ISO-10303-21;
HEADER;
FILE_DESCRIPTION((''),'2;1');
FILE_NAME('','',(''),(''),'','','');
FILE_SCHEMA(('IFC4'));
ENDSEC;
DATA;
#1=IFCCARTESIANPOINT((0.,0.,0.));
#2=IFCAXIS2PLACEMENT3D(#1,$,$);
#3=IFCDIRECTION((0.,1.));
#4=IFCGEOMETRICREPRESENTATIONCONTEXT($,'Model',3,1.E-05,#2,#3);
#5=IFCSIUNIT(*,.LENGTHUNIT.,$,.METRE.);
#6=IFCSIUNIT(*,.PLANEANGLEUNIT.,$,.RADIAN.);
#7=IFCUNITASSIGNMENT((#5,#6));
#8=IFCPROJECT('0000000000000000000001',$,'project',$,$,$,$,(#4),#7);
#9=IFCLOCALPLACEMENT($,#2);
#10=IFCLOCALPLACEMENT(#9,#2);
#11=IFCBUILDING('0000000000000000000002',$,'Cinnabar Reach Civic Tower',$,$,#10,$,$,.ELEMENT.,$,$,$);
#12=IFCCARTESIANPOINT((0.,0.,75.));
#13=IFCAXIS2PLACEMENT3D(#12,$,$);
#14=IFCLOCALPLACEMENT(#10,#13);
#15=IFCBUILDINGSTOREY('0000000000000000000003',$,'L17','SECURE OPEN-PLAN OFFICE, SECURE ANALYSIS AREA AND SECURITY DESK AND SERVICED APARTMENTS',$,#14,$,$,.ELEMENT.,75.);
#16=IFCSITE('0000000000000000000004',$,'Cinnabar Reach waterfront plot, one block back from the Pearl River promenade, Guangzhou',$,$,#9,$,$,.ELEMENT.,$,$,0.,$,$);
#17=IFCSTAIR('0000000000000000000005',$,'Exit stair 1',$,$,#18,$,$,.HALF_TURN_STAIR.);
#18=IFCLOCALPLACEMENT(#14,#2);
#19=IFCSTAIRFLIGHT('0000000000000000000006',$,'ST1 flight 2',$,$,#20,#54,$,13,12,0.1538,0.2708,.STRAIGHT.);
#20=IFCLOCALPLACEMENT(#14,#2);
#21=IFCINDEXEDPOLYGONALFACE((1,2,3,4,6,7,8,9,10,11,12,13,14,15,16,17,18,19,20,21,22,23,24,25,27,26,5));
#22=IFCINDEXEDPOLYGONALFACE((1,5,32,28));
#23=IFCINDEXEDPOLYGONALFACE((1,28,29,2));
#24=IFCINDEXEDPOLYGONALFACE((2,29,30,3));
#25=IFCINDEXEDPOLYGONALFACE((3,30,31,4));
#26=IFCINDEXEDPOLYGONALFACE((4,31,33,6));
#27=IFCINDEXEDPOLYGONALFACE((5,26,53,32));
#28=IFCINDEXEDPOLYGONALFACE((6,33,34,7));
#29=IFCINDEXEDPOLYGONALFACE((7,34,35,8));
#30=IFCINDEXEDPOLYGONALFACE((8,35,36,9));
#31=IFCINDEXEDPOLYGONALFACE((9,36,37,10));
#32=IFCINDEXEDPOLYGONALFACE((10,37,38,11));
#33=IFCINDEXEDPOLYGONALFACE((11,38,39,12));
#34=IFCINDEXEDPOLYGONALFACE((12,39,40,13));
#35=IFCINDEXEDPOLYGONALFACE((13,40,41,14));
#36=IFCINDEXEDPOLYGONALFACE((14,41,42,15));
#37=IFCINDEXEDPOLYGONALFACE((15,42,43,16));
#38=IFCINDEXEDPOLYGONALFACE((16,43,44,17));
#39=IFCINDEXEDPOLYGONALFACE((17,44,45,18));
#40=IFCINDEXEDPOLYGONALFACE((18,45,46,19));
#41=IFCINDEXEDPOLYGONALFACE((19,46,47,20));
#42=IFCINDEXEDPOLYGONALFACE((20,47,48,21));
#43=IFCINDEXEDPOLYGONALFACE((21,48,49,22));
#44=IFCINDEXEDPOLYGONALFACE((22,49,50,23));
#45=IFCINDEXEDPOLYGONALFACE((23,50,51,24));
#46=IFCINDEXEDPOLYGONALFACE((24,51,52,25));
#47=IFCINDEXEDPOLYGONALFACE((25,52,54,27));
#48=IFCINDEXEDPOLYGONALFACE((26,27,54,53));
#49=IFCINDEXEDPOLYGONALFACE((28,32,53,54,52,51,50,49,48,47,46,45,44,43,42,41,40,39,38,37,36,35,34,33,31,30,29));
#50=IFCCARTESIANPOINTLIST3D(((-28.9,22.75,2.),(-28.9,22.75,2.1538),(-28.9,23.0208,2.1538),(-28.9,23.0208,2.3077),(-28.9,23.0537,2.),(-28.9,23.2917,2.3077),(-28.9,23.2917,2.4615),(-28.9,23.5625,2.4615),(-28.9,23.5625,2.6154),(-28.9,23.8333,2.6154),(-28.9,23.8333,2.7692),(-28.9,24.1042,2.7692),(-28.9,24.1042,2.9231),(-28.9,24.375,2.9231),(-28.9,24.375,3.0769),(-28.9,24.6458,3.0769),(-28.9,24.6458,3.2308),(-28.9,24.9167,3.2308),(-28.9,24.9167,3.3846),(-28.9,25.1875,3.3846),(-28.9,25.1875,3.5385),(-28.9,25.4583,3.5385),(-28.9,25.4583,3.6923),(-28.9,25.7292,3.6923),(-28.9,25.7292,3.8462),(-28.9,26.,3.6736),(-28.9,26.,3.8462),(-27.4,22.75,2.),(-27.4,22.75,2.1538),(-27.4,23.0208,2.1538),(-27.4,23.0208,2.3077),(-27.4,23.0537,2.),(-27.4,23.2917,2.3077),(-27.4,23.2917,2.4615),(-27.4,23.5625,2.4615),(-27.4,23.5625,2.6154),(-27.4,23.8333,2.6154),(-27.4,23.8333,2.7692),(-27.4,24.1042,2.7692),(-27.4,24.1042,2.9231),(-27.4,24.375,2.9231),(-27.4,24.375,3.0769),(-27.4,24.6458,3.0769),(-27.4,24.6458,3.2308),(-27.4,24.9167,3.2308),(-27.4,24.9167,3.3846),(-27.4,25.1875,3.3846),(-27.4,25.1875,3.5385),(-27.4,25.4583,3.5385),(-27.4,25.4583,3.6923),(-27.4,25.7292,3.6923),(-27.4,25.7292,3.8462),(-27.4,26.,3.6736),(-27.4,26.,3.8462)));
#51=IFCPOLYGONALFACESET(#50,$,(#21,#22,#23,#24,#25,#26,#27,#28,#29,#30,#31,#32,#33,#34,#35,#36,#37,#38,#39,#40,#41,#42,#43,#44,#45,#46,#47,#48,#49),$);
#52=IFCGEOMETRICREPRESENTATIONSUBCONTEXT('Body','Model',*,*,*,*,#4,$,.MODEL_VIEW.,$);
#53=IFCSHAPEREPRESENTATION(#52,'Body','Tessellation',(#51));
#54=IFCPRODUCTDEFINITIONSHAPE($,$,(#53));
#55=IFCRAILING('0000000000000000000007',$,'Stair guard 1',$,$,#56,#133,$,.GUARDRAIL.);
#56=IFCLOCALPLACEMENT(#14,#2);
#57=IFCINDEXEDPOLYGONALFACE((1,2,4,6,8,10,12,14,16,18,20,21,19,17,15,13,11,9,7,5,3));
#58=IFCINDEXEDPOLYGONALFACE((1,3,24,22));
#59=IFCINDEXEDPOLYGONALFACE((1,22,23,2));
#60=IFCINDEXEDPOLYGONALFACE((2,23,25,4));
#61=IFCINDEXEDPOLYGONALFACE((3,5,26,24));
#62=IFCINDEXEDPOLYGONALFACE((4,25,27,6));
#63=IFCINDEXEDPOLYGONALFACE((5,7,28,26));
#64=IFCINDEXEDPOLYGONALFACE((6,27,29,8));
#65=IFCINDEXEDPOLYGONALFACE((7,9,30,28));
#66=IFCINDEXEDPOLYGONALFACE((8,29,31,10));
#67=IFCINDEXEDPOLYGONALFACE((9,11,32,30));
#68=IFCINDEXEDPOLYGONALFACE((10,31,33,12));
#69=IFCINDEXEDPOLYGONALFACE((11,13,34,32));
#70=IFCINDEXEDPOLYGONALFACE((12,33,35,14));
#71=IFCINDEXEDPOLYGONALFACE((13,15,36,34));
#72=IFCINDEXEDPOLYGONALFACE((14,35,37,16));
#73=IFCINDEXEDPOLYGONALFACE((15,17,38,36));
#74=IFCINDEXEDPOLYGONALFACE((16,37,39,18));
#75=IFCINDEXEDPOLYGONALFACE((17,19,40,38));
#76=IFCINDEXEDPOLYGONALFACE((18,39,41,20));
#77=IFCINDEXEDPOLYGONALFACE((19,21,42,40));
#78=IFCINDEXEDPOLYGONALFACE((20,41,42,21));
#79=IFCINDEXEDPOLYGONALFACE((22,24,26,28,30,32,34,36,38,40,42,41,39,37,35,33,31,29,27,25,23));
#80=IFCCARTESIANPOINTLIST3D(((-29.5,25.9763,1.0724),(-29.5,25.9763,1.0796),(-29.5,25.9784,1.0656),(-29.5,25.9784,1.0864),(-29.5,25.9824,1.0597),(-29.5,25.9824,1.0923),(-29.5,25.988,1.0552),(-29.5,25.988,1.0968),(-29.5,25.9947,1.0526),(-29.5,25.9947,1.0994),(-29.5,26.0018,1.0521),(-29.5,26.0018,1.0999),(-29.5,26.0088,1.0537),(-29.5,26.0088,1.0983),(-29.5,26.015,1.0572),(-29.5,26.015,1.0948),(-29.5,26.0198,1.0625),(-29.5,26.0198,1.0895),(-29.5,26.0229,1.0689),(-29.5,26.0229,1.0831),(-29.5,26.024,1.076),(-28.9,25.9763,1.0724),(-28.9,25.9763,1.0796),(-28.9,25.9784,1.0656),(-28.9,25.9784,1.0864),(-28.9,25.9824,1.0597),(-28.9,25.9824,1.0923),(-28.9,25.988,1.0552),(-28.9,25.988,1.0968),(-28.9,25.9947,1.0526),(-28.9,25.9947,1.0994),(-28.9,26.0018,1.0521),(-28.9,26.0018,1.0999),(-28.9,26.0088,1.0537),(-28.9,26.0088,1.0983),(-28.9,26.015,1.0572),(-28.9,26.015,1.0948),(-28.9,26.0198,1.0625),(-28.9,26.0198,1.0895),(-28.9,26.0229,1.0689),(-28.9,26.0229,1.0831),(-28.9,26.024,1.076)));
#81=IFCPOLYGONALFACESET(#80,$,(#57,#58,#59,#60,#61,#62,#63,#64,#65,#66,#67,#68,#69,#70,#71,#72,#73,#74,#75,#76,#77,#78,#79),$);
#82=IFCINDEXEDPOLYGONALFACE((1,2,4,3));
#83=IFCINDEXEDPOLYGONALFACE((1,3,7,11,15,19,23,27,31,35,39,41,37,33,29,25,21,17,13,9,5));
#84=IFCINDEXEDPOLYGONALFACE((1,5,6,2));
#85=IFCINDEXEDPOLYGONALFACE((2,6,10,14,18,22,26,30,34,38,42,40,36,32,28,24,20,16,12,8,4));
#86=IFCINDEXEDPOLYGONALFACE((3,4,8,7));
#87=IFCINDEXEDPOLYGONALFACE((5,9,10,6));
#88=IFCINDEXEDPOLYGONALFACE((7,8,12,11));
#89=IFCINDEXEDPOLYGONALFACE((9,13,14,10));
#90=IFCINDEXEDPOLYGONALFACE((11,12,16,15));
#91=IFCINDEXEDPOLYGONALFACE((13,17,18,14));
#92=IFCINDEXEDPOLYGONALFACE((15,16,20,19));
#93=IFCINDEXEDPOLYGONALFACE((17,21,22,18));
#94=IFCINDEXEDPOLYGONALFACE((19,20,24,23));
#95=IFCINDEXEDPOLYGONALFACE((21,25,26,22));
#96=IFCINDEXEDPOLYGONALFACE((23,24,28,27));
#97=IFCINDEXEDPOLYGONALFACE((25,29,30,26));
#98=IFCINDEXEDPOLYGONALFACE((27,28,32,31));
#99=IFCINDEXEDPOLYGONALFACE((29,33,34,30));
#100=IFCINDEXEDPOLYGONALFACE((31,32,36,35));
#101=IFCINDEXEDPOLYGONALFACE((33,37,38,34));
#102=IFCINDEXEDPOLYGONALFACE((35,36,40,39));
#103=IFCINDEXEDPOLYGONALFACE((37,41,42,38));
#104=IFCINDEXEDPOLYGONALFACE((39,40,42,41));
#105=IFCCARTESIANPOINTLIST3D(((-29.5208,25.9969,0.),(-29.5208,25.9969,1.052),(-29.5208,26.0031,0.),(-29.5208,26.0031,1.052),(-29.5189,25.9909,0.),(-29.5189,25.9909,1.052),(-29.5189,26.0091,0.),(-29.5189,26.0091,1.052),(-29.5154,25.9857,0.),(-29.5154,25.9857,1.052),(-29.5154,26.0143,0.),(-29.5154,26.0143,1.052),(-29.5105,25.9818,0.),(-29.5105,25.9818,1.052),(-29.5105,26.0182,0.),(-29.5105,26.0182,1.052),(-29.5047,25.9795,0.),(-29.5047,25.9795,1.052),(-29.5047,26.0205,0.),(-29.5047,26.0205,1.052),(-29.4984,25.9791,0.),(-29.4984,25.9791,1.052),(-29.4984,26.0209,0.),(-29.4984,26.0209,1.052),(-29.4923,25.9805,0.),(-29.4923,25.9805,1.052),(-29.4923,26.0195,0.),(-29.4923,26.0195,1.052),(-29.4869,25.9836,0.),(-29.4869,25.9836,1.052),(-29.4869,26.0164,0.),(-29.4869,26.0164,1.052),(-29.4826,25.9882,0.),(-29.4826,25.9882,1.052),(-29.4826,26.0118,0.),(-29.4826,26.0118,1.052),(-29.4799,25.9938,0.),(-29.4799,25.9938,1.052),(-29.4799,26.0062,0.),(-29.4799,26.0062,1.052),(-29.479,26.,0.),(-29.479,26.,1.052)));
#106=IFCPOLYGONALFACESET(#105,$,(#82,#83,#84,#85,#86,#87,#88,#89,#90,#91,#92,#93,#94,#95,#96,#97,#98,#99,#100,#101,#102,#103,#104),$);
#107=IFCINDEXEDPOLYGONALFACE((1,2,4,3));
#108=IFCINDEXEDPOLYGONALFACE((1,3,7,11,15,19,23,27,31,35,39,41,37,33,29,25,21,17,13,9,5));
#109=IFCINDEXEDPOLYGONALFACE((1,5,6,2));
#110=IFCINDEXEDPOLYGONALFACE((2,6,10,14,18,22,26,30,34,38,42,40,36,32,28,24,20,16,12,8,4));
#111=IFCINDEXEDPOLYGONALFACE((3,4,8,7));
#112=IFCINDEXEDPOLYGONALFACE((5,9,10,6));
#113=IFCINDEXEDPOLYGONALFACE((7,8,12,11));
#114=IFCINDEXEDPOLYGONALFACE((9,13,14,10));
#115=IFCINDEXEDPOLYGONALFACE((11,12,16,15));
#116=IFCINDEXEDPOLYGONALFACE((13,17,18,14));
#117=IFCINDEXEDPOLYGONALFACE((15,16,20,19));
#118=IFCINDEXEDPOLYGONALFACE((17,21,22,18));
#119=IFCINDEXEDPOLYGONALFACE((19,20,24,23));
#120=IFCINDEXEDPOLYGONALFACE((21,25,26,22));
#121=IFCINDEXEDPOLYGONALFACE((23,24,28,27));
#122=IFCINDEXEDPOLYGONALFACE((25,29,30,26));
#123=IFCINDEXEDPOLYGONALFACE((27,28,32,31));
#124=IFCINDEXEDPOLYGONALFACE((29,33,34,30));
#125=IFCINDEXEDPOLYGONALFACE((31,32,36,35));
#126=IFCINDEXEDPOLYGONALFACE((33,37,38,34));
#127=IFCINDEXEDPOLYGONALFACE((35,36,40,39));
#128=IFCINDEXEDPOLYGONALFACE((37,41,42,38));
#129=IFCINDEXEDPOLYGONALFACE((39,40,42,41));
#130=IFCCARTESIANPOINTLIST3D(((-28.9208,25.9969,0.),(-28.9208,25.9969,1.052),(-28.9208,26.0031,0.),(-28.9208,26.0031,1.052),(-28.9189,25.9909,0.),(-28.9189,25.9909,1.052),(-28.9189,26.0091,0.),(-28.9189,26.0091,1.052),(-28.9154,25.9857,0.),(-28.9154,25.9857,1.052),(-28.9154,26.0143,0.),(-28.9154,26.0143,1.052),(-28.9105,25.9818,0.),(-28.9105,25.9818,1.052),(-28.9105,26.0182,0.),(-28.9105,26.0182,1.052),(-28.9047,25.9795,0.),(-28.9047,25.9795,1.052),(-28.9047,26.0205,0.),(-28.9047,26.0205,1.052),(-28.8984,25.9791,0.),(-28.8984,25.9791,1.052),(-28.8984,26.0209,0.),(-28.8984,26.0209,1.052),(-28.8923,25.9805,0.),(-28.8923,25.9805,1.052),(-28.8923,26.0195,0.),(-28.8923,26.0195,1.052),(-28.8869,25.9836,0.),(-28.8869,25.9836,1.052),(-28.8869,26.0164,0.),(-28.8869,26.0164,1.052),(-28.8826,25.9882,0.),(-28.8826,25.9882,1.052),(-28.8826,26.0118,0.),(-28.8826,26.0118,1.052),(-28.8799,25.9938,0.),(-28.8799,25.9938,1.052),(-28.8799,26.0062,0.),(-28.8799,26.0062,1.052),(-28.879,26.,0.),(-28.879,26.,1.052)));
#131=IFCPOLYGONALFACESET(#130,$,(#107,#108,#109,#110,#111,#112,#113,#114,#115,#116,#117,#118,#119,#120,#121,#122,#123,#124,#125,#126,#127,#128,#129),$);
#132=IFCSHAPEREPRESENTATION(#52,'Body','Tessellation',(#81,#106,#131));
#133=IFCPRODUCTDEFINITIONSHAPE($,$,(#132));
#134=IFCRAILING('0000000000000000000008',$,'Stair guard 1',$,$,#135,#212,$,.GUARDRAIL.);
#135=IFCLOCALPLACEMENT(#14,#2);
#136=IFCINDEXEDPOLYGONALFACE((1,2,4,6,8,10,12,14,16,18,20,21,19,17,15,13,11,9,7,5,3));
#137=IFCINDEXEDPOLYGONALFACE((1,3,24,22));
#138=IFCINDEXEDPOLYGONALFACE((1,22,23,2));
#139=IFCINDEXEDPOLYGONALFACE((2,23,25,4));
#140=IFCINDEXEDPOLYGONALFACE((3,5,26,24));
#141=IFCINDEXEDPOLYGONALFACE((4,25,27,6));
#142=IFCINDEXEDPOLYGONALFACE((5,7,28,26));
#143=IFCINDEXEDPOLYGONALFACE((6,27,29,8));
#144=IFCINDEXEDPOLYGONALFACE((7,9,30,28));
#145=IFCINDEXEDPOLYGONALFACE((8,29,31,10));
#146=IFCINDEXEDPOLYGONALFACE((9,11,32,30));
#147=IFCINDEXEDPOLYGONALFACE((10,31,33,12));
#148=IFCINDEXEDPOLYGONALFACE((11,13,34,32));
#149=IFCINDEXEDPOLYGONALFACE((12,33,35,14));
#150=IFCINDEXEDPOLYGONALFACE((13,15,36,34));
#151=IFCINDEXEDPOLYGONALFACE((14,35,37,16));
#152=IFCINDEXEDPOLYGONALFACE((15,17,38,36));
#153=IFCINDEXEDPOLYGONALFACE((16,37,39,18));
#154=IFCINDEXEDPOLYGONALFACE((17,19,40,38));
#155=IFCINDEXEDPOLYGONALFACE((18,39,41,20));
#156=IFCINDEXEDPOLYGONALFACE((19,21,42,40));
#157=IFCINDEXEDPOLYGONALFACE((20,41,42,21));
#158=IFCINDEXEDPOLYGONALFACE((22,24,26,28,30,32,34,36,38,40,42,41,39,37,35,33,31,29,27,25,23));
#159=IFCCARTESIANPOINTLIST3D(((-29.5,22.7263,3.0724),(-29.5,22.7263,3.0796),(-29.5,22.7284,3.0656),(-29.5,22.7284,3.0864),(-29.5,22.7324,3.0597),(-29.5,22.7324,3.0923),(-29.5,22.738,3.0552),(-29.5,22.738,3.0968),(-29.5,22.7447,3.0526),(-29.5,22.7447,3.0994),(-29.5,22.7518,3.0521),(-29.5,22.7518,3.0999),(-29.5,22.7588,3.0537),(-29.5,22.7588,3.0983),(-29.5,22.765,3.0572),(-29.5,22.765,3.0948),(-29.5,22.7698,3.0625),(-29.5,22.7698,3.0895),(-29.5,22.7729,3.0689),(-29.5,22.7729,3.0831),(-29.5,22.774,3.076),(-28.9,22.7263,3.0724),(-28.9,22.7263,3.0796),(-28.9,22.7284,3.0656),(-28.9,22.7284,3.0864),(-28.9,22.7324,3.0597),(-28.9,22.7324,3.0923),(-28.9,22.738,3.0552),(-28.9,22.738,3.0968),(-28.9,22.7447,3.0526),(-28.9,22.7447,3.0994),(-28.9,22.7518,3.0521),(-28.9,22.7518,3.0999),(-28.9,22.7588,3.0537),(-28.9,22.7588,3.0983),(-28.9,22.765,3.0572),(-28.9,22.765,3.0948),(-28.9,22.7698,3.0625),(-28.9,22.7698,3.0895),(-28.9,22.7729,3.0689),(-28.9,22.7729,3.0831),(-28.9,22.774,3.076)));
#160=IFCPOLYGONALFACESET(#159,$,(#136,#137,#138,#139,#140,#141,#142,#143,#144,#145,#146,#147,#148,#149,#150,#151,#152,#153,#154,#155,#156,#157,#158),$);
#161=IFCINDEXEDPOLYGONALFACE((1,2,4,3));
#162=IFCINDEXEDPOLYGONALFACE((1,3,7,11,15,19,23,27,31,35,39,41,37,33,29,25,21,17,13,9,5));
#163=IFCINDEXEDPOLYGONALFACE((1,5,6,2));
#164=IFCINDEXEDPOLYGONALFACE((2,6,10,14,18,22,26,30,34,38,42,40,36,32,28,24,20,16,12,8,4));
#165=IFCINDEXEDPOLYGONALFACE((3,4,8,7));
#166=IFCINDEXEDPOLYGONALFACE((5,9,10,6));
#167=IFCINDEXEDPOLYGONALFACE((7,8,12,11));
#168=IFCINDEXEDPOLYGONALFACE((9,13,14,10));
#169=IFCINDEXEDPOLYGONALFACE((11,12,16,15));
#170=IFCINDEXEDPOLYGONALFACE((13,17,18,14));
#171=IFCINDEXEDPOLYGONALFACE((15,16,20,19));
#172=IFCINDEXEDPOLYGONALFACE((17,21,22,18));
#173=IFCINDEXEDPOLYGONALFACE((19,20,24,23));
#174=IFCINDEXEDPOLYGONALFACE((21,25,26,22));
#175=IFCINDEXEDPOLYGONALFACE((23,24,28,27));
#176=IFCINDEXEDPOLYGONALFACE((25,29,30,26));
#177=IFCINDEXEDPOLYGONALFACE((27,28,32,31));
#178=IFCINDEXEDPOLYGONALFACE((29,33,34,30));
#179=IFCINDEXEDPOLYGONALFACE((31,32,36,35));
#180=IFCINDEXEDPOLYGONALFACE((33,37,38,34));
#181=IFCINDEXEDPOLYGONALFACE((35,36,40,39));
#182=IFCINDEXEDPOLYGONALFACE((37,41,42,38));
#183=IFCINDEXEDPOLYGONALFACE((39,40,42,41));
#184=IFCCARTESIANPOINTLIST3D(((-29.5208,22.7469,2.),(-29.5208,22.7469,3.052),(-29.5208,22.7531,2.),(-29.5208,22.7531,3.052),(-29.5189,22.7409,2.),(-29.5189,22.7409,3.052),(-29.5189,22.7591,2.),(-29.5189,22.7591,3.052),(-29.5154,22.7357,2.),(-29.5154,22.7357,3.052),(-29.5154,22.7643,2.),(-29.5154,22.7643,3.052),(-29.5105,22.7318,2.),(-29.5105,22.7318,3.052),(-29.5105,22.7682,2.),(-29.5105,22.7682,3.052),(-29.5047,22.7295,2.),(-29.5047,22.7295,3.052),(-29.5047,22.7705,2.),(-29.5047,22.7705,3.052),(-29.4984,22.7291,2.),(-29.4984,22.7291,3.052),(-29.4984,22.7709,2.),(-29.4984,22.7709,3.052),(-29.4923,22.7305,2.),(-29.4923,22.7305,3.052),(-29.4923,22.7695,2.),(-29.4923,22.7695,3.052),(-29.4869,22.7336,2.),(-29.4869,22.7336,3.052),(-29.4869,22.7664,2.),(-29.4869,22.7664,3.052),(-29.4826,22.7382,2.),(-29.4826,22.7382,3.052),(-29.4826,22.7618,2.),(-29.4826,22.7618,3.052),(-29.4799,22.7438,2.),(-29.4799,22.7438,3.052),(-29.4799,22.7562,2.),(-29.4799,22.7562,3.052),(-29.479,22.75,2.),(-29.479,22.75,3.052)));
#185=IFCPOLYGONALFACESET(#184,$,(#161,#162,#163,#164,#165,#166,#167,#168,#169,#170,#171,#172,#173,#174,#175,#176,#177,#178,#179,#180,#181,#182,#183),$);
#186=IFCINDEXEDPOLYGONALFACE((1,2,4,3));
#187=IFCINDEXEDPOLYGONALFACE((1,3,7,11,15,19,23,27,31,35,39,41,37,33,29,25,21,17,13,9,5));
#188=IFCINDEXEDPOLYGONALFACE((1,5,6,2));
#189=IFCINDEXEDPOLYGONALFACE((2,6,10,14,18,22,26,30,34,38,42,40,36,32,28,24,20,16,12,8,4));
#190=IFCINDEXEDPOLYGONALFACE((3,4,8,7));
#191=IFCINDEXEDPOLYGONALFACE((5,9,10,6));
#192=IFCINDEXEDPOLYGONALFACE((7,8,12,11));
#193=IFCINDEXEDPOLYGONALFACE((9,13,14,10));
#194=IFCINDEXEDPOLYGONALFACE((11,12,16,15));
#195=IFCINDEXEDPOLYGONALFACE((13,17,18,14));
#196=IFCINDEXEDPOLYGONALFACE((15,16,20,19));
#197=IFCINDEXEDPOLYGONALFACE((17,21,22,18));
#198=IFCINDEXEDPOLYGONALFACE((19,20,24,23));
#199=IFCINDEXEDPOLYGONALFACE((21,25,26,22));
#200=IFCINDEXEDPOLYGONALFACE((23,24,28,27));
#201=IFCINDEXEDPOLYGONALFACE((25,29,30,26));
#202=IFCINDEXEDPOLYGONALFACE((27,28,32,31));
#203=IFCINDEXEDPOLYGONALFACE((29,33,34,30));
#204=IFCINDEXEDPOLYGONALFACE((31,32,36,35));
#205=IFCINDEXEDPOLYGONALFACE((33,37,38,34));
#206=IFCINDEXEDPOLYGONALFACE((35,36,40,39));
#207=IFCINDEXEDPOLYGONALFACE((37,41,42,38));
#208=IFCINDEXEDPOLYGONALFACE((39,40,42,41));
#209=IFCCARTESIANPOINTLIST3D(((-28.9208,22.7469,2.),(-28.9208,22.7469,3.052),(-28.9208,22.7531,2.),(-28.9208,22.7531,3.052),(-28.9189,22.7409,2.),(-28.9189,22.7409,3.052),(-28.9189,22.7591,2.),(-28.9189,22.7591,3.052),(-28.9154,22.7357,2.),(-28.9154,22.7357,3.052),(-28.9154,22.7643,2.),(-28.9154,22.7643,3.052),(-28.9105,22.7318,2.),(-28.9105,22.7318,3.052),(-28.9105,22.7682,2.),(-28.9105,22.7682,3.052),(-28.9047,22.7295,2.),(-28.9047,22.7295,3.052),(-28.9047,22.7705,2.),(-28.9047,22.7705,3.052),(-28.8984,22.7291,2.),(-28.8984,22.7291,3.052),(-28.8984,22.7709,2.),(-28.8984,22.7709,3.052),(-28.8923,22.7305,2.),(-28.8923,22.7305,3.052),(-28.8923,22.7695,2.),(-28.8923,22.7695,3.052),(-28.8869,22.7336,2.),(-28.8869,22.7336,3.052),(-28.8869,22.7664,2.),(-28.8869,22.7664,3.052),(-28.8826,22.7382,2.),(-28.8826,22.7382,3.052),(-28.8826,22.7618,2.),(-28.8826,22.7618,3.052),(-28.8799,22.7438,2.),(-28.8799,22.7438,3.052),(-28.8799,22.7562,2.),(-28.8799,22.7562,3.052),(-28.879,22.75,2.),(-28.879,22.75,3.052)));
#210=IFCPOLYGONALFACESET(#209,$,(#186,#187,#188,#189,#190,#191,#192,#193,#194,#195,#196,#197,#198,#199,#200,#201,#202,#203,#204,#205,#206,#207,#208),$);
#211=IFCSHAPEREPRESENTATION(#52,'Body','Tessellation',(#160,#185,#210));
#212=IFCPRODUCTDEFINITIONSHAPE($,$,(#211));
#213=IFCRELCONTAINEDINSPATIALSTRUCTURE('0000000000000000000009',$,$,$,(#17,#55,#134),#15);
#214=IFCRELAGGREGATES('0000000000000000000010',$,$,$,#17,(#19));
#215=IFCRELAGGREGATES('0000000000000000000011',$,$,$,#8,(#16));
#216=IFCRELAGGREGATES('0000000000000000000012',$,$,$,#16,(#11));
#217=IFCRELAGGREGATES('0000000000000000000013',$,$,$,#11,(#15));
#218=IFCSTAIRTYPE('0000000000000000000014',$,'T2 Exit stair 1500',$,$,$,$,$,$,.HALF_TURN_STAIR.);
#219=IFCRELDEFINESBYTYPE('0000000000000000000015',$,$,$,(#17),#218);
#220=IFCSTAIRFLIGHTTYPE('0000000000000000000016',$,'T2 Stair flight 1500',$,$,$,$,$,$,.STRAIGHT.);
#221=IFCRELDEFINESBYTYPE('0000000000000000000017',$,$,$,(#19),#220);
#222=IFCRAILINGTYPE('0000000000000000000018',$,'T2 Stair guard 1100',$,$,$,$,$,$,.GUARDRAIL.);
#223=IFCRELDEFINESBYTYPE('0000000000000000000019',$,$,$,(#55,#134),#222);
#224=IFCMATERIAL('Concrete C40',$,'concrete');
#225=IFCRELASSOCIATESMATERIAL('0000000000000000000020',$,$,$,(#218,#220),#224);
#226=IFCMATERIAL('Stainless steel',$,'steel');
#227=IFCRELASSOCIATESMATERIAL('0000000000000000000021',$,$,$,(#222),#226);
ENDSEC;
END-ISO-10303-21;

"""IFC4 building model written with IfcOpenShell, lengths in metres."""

from ifc_helpers import new_model, si_unit, direction, frame, origin, origin_2d, place, context, subcontext, project, spatial, polyline, circle, outline, extrude, material, type_object, element, aggregate, save


model = new_model("IFC4")

# Units and contexts
model_context = context("Model", 3, precision=1e-05, world=origin(), true_north=direction((0.0, 1.0)))
body_context = subcontext(model_context, "Body", "Model", "MODEL_VIEW")
ifc_project = project(units=[si_unit("LENGTHUNIT", "METRE"), si_unit("PLANEANGLEUNIT", "RADIAN")], contexts=[model_context])

# Site, building, storey
site_placement = place(None, origin())
site = spatial("IfcSite", under=ifc_project, at=site_placement, Name="Cinnabar Reach waterfront plot, one block back from the Pearl River promenade, Guangzhou", CompositionType="ELEMENT", RefElevation=0.0)
building_placement = place(site_placement, origin())
building = spatial("IfcBuilding", under=site, at=building_placement, Name="Cinnabar Reach Civic Tower", CompositionType="ELEMENT")
storey_placement = place(building_placement, frame((0.0, 0.0, 75.0)))
storey = spatial("IfcBuildingStorey", under=building, at=storey_placement, Name="L17", Description="SECURE OPEN-PLAN OFFICE, SECURE ANALYSIS AREA AND SECURITY DESK AND SERVICED APARTMENTS", CompositionType="ELEMENT", Elevation=75.0)

# Shared definitions
ifc_material_1 = material(Name="Concrete C40", Category="concrete")

# Stair, stair flight
stair_type = type_object("IfcStairType", Name="T2 Exit stair 1500", PredefinedType="HALF_TURN_STAIR", material=ifc_material_1)
stair_placement = place(storey_placement, origin())
stair = element("IfcStair", 1, at=stair_placement, inside=storey, type_object=stair_type, Name="Exit stair 1", PredefinedType="HALF_TURN_STAIR")
stair_flight_type = type_object("IfcStairFlightType", Name="T2 Stair flight 1500", PredefinedType="STRAIGHT", material=ifc_material_1)
stair_flight_1_placement = place(storey_placement, frame((-28.15, 22.75, 2.0), z_axis=(0.0, 0.0, 1.0), x_axis=(0.0, 1.0, 0.0)))
stair_flight_1 = element("IfcStairFlight", 2, at=stair_flight_1_placement, type_object=stair_flight_type, Name="ST1 flight 2", NumberOfRisers=13, NumberOfTreads=12, PredefinedType="STRAIGHT", RiserHeight=0.1538, TreadLength=0.2708, context=body_context, shape_type="SweptSolid", body=[
    extrude(outline(polyline([(0.0, 0.0), (0.0, 0.1538), (0.2708, 0.1538), (0.2708, 0.3077), (0.5417, 0.3077), (0.5417, 0.4615), (0.8125, 0.4615), (0.8125, 0.6154), (1.0833, 0.6154), (1.0833, 0.7692), (1.3542, 0.7692), (1.3542, 0.9231), (1.625, 0.9231), (1.625, 1.0769), (1.8958, 1.0769), (1.8958, 1.2308), (2.1667, 1.2308), (2.1667, 1.3846), (2.4375, 1.3846), (2.4375, 1.5385), (2.7083, 1.5385), (2.7083, 1.6923), (2.9792, 1.6923), (2.9792, 1.8462), (3.25, 1.8462), (3.25, 2.0), (3.25, 1.6736), (0.3037, 0.0), (0.0, 0.0)])), frame((0.0, 0.75, 0.0), z_axis=(0.0, -1.0, 0.0), x_axis=(1.0, 0.0, 0.0)), (0.0, 0.0, 1.0), 1.5),
])
aggregate(stair, [stair_flight_1])

# Railings
ifc_material_2 = material(Name="Stainless steel", Category="steel")
railing_type = type_object("IfcRailingType", Name="T2 Stair guard 1100", PredefinedType="GUARDRAIL", material=ifc_material_2)
for number, where, name in (
    (3, (-29.5, 26.0, 0.0), "Stair guard 1"),
    (4, (-29.5, 22.75, 2.0), "Stair guard 1"),
):
    element("IfcRailing", number, at=place(storey_placement, frame(where)), inside=storey, type_object=railing_type, Name=name, PredefinedType="GUARDRAIL", context=body_context, shape_type="SweptSolid", body=[
        extrude(circle(Radius=0.024, at=origin_2d()), frame((0.0, 0.0, 1.076), z_axis=(1.0, 0.0, 0.0), x_axis=(0.0, 1.0, 0.0)), (0.0, 0.0, 1.0), 0.6),
        extrude(circle(Radius=0.021, at=origin_2d()), origin(), (0.0, 0.0, 1.0), 1.052),
        extrude(circle(Radius=0.021, at=origin_2d()), frame((0.6, 0.0, 0.0)), (0.0, 0.0, 1.0), 1.052),
    ])

save(model, "model.ifc")
